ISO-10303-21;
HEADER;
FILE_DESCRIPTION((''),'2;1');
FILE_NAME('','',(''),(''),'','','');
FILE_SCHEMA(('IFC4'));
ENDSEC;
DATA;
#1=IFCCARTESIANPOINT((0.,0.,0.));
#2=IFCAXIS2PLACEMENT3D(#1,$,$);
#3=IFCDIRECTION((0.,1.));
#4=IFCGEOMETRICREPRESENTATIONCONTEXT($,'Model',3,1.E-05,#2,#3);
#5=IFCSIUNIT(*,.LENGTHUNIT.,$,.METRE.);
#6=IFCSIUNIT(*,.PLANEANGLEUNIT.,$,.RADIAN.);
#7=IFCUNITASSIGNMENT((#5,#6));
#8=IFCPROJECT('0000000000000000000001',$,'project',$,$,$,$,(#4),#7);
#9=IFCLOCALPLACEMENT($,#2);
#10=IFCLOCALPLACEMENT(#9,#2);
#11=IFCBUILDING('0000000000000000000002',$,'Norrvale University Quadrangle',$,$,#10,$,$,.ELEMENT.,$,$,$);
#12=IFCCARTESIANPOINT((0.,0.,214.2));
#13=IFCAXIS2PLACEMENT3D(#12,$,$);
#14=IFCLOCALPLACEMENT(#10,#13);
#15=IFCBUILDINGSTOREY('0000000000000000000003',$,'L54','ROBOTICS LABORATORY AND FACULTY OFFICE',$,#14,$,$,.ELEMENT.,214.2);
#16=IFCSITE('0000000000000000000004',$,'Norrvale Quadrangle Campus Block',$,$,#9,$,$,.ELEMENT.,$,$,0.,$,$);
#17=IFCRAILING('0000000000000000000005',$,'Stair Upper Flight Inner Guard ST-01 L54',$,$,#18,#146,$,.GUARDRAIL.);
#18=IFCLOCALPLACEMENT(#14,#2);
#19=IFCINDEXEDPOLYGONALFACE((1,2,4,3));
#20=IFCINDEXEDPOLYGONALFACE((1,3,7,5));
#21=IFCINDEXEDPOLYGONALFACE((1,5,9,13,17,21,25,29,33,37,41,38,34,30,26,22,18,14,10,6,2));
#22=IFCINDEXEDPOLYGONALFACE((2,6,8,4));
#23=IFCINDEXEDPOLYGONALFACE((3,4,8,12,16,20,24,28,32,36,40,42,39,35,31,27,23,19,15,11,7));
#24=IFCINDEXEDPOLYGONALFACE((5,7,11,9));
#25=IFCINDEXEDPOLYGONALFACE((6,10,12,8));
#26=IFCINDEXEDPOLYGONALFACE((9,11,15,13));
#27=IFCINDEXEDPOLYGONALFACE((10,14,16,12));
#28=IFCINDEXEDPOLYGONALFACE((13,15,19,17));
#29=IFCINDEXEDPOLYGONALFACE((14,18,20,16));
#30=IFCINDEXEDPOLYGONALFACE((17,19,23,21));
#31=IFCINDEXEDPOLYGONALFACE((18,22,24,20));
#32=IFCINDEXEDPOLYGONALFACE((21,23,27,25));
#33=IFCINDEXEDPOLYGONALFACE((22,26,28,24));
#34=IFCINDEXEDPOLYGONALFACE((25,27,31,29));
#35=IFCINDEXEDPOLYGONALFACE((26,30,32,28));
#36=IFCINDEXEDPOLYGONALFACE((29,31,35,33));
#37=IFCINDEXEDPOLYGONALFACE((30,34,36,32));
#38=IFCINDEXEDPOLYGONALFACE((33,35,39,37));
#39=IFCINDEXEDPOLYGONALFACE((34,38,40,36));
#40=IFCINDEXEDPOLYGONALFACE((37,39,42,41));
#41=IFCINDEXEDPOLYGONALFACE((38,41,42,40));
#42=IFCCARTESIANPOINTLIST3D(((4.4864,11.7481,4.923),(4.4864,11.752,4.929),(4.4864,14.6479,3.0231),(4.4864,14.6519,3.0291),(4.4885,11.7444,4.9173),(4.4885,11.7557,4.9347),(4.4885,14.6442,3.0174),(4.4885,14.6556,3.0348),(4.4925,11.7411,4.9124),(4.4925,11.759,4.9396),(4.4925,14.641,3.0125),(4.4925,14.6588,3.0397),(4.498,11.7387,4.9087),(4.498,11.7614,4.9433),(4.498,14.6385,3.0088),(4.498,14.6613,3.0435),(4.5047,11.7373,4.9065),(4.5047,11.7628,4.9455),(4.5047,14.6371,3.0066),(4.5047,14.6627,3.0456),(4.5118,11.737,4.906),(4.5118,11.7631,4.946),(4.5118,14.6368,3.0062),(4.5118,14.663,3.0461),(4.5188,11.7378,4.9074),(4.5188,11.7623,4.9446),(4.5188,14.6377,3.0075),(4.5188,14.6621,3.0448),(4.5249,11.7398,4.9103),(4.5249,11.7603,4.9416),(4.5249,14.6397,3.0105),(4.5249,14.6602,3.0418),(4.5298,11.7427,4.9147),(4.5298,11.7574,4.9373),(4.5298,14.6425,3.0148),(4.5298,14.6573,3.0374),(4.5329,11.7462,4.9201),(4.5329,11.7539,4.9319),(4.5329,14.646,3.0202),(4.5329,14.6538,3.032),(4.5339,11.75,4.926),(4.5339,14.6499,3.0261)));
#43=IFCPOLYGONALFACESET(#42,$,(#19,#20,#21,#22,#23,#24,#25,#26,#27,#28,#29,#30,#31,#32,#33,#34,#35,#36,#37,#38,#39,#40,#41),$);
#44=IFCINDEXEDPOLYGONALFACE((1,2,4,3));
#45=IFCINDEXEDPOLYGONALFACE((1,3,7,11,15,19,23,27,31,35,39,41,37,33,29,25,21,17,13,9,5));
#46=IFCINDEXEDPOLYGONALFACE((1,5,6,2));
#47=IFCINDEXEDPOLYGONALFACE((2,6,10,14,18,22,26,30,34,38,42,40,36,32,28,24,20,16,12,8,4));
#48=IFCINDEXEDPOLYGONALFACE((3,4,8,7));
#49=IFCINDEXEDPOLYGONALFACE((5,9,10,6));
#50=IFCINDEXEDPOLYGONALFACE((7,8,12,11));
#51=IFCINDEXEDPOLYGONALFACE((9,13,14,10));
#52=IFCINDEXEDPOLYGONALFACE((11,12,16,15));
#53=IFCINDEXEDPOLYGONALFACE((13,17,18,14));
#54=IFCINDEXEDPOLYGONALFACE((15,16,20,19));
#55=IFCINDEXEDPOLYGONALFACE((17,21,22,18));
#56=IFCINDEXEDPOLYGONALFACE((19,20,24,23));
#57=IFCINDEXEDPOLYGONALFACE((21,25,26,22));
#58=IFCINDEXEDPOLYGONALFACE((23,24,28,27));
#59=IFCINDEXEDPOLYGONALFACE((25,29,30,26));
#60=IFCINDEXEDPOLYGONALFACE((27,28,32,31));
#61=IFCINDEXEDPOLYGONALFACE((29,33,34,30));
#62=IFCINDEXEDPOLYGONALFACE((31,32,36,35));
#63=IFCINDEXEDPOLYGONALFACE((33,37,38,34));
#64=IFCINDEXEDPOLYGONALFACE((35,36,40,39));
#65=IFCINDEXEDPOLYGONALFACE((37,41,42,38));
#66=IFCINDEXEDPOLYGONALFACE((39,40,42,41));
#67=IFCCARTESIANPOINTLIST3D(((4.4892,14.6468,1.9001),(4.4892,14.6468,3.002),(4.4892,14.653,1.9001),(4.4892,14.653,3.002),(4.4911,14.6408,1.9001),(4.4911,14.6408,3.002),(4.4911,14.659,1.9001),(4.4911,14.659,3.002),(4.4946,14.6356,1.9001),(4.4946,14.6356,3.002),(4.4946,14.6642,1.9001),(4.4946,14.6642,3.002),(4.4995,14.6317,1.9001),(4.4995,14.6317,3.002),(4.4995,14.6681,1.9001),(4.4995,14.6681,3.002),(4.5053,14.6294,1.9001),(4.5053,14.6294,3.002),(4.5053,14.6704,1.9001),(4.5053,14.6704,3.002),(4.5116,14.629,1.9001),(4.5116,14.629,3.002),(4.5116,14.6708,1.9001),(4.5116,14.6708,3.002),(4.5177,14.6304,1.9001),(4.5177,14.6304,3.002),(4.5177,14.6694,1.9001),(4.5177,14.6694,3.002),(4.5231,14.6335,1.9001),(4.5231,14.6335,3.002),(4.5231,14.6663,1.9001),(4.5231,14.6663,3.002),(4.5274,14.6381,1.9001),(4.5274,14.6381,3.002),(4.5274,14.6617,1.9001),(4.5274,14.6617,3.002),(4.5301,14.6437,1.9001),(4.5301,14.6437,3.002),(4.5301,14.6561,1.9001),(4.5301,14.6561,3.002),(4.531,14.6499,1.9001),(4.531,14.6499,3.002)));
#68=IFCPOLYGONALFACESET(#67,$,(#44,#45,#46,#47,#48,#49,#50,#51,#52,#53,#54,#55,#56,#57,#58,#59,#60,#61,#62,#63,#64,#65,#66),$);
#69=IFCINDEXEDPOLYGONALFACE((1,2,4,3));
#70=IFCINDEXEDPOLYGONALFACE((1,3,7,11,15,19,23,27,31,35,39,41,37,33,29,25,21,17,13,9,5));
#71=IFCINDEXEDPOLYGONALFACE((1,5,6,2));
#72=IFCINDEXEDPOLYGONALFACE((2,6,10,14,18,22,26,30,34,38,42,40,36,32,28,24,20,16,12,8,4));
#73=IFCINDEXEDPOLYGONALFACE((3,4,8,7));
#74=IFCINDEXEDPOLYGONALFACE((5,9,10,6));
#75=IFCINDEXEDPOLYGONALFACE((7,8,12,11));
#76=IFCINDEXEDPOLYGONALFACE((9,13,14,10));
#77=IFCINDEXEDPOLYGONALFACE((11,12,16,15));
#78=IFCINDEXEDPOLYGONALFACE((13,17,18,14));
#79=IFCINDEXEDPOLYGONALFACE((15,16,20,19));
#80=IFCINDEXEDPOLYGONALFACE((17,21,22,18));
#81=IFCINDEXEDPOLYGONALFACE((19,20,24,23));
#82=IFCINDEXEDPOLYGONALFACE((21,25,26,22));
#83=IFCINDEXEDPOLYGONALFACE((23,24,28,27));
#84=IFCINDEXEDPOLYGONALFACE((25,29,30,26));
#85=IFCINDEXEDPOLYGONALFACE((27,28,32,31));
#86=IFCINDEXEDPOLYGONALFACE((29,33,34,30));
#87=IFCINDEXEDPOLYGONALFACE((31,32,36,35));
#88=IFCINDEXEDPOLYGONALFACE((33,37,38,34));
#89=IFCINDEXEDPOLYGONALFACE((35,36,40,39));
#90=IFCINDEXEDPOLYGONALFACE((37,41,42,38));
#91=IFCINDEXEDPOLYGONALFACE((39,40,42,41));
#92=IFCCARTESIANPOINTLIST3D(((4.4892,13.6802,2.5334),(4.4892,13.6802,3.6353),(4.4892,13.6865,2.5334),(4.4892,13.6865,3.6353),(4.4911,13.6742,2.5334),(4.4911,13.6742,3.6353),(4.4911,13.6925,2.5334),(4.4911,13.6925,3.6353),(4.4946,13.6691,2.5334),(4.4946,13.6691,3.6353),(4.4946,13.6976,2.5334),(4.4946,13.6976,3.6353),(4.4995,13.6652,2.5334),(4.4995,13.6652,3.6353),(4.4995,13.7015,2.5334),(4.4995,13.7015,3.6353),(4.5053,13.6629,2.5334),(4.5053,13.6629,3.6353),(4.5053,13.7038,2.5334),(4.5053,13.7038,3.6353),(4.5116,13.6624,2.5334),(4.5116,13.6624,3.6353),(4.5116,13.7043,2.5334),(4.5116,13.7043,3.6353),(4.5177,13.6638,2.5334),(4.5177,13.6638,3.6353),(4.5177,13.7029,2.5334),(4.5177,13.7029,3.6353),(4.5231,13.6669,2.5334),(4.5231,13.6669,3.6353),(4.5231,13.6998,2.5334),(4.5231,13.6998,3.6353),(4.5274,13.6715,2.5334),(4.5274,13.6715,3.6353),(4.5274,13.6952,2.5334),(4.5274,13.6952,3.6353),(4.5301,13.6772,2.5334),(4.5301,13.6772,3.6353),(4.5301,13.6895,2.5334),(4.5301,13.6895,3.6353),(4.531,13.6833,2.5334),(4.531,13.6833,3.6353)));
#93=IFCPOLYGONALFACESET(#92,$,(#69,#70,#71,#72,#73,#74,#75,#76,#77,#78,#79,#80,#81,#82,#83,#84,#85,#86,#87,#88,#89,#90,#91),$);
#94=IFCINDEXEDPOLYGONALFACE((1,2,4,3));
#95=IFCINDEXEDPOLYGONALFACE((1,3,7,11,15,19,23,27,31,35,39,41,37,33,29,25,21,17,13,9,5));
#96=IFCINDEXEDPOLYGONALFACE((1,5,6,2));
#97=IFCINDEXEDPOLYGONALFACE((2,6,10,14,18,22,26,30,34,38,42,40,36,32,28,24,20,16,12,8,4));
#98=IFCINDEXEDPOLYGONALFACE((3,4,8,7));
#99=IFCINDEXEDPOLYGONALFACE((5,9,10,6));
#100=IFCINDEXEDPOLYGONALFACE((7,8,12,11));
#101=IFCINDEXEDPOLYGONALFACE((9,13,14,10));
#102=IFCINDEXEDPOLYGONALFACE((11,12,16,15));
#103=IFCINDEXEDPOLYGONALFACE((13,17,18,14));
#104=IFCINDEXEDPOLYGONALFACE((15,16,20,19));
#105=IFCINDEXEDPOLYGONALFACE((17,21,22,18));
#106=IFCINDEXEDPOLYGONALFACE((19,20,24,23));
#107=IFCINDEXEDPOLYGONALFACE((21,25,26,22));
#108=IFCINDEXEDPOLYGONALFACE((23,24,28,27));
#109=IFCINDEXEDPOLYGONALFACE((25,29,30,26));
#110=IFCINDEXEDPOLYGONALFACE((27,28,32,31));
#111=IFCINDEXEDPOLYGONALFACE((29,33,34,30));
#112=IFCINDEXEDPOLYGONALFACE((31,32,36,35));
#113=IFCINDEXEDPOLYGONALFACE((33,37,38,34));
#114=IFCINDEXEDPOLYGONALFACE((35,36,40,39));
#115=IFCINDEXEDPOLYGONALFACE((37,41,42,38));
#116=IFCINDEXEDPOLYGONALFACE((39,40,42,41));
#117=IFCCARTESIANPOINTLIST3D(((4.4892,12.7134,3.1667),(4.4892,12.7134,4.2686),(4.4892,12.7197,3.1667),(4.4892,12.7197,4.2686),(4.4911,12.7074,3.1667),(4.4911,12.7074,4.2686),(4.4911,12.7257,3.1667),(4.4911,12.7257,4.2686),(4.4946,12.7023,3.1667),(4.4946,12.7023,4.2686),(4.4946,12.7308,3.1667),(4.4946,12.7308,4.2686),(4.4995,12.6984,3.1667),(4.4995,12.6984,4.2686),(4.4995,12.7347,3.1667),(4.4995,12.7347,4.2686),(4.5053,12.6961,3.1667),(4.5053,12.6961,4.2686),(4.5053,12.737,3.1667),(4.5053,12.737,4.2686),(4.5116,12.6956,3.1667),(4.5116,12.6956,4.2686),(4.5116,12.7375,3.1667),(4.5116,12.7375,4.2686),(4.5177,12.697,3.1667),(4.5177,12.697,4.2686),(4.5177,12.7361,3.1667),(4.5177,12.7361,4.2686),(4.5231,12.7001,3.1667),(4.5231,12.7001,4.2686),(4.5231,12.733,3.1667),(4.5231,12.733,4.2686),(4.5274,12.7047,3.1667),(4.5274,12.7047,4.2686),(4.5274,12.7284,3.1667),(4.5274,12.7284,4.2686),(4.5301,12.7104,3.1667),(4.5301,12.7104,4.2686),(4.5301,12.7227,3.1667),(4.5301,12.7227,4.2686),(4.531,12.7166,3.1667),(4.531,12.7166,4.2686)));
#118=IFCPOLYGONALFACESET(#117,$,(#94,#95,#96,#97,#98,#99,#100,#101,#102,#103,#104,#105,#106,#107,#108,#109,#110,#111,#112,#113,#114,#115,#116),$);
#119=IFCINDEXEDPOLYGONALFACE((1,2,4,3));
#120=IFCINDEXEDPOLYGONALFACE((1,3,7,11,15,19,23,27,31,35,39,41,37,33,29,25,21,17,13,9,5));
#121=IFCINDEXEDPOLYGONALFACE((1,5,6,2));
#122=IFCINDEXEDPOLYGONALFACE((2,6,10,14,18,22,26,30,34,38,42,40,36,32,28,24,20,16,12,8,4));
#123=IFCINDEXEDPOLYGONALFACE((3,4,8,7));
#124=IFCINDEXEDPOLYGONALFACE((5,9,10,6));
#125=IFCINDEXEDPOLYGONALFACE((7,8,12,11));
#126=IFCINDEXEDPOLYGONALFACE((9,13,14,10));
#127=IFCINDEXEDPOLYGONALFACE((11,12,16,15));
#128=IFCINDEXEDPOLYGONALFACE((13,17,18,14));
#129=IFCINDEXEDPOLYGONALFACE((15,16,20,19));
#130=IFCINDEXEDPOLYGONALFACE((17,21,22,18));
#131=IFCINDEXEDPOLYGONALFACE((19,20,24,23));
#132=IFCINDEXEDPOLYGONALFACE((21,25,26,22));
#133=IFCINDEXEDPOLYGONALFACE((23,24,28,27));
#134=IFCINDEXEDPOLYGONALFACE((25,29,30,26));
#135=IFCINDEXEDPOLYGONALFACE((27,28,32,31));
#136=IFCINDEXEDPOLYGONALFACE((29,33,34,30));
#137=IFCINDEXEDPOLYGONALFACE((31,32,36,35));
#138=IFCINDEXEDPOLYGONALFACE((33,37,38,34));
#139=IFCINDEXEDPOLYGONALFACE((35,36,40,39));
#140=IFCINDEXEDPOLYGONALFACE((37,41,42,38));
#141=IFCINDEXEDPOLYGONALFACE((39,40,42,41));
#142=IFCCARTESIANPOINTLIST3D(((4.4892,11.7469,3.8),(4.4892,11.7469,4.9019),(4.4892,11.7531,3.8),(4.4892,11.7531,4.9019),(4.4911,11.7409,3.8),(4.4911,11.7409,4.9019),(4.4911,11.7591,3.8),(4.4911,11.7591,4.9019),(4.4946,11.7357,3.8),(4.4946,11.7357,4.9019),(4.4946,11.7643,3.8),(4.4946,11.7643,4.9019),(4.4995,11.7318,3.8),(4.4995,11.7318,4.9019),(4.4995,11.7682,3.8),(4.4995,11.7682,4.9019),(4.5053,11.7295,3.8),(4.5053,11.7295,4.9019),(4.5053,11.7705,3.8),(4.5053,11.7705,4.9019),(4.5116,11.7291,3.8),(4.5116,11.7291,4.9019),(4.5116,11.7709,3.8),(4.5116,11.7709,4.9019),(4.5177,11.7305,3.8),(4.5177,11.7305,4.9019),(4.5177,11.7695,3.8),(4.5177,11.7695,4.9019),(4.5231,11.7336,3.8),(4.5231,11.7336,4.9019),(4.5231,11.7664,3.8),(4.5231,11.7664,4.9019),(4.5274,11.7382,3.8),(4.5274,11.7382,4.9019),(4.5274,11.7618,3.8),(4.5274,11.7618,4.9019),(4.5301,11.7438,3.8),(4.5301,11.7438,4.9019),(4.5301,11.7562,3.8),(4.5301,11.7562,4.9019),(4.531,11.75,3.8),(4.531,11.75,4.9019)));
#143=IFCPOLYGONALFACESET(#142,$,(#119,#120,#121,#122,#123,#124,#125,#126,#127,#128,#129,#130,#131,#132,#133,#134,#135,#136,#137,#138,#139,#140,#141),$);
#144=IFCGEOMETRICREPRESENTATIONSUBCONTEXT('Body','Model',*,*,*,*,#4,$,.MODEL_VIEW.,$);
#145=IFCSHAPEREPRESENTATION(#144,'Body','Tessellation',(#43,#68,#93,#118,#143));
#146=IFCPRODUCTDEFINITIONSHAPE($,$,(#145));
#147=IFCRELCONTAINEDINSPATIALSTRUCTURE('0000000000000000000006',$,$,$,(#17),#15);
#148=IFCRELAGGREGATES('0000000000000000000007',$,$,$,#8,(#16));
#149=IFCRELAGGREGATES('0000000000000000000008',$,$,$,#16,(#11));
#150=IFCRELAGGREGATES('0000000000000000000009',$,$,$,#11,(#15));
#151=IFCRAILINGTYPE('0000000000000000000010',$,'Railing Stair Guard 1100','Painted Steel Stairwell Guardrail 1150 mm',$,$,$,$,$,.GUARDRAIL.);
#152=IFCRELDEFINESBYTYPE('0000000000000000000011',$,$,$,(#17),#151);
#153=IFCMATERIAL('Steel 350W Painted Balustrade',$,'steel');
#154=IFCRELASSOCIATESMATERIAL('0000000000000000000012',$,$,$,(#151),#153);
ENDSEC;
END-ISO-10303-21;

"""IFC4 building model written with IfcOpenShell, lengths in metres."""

from ifc_helpers import new_model, si_unit, direction, frame, origin, origin_2d, place, context, subcontext, project, spatial, circle, extrude, material, type_object, element, save


model = new_model("IFC4")

# Units and contexts
model_context = context("Model", 3, precision=1e-05, world=origin(), true_north=direction((0.0, 1.0)))
body_context = subcontext(model_context, "Body", "Model", "MODEL_VIEW")
ifc_project = project(units=[si_unit("LENGTHUNIT", "METRE"), si_unit("PLANEANGLEUNIT", "RADIAN")], contexts=[model_context])

# Site, building, storey
site_placement = place(None, origin())
site = spatial("IfcSite", under=ifc_project, at=site_placement, Name="Norrvale Quadrangle Campus Block", CompositionType="ELEMENT", RefElevation=0.0)
building_placement = place(site_placement, origin())
building = spatial("IfcBuilding", under=site, at=building_placement, Name="Norrvale University Quadrangle", CompositionType="ELEMENT")
storey_placement = place(building_placement, frame((0.0, 0.0, 214.2)))
storey = spatial("IfcBuildingStorey", under=building, at=storey_placement, Name="L54", Description="ROBOTICS LABORATORY AND FACULTY OFFICE", CompositionType="ELEMENT", Elevation=214.2)

# Railing
ifc_material_1 = material(Name="Steel 350W Painted Balustrade", Category="steel")
railing_type_1 = type_object("IfcRailingType", Name="Railing Stair Guard 1100", Description="Painted Steel Stairwell Guardrail 1150 mm", PredefinedType="GUARDRAIL", material=ifc_material_1)
railing_1_placement = place(storey_placement, frame((4.51, 14.6499, 1.9001)))
element("IfcRailing", 1, at=railing_1_placement, inside=storey, type_object=railing_type_1, Name="Stair Upper Flight Inner Guard ST-01 L54", PredefinedType="GUARDRAIL", context=body_context, shape_type="SweptSolid", body=[
    extrude(circle(Radius=0.0239, at=origin_2d()), frame((0.0, 0.0, 1.126), z_axis=(0.0, -0.836466, 0.548019), x_axis=(1.0, 0.0, 0.0)), (0.0, 0.0, 1.0), 3.4668),
    extrude(circle(Radius=0.021, at=origin_2d()), origin(), (0.0, 0.0, 1.0), 1.1018),
    extrude(circle(Radius=0.021, at=origin_2d()), frame((0.0, -0.9666, 0.6333)), (0.0, 0.0, 1.0), 1.1018),
    extrude(circle(Radius=0.021, at=origin_2d()), frame((0.0, -1.9333, 1.2666)), (0.0, 0.0, 1.0), 1.1018),
    extrude(circle(Radius=0.021, at=origin_2d()), frame((0.0, -2.8999, 1.8999)), (0.0, 0.0, 1.0), 1.1018),
])

save(model, "model.ifc")
